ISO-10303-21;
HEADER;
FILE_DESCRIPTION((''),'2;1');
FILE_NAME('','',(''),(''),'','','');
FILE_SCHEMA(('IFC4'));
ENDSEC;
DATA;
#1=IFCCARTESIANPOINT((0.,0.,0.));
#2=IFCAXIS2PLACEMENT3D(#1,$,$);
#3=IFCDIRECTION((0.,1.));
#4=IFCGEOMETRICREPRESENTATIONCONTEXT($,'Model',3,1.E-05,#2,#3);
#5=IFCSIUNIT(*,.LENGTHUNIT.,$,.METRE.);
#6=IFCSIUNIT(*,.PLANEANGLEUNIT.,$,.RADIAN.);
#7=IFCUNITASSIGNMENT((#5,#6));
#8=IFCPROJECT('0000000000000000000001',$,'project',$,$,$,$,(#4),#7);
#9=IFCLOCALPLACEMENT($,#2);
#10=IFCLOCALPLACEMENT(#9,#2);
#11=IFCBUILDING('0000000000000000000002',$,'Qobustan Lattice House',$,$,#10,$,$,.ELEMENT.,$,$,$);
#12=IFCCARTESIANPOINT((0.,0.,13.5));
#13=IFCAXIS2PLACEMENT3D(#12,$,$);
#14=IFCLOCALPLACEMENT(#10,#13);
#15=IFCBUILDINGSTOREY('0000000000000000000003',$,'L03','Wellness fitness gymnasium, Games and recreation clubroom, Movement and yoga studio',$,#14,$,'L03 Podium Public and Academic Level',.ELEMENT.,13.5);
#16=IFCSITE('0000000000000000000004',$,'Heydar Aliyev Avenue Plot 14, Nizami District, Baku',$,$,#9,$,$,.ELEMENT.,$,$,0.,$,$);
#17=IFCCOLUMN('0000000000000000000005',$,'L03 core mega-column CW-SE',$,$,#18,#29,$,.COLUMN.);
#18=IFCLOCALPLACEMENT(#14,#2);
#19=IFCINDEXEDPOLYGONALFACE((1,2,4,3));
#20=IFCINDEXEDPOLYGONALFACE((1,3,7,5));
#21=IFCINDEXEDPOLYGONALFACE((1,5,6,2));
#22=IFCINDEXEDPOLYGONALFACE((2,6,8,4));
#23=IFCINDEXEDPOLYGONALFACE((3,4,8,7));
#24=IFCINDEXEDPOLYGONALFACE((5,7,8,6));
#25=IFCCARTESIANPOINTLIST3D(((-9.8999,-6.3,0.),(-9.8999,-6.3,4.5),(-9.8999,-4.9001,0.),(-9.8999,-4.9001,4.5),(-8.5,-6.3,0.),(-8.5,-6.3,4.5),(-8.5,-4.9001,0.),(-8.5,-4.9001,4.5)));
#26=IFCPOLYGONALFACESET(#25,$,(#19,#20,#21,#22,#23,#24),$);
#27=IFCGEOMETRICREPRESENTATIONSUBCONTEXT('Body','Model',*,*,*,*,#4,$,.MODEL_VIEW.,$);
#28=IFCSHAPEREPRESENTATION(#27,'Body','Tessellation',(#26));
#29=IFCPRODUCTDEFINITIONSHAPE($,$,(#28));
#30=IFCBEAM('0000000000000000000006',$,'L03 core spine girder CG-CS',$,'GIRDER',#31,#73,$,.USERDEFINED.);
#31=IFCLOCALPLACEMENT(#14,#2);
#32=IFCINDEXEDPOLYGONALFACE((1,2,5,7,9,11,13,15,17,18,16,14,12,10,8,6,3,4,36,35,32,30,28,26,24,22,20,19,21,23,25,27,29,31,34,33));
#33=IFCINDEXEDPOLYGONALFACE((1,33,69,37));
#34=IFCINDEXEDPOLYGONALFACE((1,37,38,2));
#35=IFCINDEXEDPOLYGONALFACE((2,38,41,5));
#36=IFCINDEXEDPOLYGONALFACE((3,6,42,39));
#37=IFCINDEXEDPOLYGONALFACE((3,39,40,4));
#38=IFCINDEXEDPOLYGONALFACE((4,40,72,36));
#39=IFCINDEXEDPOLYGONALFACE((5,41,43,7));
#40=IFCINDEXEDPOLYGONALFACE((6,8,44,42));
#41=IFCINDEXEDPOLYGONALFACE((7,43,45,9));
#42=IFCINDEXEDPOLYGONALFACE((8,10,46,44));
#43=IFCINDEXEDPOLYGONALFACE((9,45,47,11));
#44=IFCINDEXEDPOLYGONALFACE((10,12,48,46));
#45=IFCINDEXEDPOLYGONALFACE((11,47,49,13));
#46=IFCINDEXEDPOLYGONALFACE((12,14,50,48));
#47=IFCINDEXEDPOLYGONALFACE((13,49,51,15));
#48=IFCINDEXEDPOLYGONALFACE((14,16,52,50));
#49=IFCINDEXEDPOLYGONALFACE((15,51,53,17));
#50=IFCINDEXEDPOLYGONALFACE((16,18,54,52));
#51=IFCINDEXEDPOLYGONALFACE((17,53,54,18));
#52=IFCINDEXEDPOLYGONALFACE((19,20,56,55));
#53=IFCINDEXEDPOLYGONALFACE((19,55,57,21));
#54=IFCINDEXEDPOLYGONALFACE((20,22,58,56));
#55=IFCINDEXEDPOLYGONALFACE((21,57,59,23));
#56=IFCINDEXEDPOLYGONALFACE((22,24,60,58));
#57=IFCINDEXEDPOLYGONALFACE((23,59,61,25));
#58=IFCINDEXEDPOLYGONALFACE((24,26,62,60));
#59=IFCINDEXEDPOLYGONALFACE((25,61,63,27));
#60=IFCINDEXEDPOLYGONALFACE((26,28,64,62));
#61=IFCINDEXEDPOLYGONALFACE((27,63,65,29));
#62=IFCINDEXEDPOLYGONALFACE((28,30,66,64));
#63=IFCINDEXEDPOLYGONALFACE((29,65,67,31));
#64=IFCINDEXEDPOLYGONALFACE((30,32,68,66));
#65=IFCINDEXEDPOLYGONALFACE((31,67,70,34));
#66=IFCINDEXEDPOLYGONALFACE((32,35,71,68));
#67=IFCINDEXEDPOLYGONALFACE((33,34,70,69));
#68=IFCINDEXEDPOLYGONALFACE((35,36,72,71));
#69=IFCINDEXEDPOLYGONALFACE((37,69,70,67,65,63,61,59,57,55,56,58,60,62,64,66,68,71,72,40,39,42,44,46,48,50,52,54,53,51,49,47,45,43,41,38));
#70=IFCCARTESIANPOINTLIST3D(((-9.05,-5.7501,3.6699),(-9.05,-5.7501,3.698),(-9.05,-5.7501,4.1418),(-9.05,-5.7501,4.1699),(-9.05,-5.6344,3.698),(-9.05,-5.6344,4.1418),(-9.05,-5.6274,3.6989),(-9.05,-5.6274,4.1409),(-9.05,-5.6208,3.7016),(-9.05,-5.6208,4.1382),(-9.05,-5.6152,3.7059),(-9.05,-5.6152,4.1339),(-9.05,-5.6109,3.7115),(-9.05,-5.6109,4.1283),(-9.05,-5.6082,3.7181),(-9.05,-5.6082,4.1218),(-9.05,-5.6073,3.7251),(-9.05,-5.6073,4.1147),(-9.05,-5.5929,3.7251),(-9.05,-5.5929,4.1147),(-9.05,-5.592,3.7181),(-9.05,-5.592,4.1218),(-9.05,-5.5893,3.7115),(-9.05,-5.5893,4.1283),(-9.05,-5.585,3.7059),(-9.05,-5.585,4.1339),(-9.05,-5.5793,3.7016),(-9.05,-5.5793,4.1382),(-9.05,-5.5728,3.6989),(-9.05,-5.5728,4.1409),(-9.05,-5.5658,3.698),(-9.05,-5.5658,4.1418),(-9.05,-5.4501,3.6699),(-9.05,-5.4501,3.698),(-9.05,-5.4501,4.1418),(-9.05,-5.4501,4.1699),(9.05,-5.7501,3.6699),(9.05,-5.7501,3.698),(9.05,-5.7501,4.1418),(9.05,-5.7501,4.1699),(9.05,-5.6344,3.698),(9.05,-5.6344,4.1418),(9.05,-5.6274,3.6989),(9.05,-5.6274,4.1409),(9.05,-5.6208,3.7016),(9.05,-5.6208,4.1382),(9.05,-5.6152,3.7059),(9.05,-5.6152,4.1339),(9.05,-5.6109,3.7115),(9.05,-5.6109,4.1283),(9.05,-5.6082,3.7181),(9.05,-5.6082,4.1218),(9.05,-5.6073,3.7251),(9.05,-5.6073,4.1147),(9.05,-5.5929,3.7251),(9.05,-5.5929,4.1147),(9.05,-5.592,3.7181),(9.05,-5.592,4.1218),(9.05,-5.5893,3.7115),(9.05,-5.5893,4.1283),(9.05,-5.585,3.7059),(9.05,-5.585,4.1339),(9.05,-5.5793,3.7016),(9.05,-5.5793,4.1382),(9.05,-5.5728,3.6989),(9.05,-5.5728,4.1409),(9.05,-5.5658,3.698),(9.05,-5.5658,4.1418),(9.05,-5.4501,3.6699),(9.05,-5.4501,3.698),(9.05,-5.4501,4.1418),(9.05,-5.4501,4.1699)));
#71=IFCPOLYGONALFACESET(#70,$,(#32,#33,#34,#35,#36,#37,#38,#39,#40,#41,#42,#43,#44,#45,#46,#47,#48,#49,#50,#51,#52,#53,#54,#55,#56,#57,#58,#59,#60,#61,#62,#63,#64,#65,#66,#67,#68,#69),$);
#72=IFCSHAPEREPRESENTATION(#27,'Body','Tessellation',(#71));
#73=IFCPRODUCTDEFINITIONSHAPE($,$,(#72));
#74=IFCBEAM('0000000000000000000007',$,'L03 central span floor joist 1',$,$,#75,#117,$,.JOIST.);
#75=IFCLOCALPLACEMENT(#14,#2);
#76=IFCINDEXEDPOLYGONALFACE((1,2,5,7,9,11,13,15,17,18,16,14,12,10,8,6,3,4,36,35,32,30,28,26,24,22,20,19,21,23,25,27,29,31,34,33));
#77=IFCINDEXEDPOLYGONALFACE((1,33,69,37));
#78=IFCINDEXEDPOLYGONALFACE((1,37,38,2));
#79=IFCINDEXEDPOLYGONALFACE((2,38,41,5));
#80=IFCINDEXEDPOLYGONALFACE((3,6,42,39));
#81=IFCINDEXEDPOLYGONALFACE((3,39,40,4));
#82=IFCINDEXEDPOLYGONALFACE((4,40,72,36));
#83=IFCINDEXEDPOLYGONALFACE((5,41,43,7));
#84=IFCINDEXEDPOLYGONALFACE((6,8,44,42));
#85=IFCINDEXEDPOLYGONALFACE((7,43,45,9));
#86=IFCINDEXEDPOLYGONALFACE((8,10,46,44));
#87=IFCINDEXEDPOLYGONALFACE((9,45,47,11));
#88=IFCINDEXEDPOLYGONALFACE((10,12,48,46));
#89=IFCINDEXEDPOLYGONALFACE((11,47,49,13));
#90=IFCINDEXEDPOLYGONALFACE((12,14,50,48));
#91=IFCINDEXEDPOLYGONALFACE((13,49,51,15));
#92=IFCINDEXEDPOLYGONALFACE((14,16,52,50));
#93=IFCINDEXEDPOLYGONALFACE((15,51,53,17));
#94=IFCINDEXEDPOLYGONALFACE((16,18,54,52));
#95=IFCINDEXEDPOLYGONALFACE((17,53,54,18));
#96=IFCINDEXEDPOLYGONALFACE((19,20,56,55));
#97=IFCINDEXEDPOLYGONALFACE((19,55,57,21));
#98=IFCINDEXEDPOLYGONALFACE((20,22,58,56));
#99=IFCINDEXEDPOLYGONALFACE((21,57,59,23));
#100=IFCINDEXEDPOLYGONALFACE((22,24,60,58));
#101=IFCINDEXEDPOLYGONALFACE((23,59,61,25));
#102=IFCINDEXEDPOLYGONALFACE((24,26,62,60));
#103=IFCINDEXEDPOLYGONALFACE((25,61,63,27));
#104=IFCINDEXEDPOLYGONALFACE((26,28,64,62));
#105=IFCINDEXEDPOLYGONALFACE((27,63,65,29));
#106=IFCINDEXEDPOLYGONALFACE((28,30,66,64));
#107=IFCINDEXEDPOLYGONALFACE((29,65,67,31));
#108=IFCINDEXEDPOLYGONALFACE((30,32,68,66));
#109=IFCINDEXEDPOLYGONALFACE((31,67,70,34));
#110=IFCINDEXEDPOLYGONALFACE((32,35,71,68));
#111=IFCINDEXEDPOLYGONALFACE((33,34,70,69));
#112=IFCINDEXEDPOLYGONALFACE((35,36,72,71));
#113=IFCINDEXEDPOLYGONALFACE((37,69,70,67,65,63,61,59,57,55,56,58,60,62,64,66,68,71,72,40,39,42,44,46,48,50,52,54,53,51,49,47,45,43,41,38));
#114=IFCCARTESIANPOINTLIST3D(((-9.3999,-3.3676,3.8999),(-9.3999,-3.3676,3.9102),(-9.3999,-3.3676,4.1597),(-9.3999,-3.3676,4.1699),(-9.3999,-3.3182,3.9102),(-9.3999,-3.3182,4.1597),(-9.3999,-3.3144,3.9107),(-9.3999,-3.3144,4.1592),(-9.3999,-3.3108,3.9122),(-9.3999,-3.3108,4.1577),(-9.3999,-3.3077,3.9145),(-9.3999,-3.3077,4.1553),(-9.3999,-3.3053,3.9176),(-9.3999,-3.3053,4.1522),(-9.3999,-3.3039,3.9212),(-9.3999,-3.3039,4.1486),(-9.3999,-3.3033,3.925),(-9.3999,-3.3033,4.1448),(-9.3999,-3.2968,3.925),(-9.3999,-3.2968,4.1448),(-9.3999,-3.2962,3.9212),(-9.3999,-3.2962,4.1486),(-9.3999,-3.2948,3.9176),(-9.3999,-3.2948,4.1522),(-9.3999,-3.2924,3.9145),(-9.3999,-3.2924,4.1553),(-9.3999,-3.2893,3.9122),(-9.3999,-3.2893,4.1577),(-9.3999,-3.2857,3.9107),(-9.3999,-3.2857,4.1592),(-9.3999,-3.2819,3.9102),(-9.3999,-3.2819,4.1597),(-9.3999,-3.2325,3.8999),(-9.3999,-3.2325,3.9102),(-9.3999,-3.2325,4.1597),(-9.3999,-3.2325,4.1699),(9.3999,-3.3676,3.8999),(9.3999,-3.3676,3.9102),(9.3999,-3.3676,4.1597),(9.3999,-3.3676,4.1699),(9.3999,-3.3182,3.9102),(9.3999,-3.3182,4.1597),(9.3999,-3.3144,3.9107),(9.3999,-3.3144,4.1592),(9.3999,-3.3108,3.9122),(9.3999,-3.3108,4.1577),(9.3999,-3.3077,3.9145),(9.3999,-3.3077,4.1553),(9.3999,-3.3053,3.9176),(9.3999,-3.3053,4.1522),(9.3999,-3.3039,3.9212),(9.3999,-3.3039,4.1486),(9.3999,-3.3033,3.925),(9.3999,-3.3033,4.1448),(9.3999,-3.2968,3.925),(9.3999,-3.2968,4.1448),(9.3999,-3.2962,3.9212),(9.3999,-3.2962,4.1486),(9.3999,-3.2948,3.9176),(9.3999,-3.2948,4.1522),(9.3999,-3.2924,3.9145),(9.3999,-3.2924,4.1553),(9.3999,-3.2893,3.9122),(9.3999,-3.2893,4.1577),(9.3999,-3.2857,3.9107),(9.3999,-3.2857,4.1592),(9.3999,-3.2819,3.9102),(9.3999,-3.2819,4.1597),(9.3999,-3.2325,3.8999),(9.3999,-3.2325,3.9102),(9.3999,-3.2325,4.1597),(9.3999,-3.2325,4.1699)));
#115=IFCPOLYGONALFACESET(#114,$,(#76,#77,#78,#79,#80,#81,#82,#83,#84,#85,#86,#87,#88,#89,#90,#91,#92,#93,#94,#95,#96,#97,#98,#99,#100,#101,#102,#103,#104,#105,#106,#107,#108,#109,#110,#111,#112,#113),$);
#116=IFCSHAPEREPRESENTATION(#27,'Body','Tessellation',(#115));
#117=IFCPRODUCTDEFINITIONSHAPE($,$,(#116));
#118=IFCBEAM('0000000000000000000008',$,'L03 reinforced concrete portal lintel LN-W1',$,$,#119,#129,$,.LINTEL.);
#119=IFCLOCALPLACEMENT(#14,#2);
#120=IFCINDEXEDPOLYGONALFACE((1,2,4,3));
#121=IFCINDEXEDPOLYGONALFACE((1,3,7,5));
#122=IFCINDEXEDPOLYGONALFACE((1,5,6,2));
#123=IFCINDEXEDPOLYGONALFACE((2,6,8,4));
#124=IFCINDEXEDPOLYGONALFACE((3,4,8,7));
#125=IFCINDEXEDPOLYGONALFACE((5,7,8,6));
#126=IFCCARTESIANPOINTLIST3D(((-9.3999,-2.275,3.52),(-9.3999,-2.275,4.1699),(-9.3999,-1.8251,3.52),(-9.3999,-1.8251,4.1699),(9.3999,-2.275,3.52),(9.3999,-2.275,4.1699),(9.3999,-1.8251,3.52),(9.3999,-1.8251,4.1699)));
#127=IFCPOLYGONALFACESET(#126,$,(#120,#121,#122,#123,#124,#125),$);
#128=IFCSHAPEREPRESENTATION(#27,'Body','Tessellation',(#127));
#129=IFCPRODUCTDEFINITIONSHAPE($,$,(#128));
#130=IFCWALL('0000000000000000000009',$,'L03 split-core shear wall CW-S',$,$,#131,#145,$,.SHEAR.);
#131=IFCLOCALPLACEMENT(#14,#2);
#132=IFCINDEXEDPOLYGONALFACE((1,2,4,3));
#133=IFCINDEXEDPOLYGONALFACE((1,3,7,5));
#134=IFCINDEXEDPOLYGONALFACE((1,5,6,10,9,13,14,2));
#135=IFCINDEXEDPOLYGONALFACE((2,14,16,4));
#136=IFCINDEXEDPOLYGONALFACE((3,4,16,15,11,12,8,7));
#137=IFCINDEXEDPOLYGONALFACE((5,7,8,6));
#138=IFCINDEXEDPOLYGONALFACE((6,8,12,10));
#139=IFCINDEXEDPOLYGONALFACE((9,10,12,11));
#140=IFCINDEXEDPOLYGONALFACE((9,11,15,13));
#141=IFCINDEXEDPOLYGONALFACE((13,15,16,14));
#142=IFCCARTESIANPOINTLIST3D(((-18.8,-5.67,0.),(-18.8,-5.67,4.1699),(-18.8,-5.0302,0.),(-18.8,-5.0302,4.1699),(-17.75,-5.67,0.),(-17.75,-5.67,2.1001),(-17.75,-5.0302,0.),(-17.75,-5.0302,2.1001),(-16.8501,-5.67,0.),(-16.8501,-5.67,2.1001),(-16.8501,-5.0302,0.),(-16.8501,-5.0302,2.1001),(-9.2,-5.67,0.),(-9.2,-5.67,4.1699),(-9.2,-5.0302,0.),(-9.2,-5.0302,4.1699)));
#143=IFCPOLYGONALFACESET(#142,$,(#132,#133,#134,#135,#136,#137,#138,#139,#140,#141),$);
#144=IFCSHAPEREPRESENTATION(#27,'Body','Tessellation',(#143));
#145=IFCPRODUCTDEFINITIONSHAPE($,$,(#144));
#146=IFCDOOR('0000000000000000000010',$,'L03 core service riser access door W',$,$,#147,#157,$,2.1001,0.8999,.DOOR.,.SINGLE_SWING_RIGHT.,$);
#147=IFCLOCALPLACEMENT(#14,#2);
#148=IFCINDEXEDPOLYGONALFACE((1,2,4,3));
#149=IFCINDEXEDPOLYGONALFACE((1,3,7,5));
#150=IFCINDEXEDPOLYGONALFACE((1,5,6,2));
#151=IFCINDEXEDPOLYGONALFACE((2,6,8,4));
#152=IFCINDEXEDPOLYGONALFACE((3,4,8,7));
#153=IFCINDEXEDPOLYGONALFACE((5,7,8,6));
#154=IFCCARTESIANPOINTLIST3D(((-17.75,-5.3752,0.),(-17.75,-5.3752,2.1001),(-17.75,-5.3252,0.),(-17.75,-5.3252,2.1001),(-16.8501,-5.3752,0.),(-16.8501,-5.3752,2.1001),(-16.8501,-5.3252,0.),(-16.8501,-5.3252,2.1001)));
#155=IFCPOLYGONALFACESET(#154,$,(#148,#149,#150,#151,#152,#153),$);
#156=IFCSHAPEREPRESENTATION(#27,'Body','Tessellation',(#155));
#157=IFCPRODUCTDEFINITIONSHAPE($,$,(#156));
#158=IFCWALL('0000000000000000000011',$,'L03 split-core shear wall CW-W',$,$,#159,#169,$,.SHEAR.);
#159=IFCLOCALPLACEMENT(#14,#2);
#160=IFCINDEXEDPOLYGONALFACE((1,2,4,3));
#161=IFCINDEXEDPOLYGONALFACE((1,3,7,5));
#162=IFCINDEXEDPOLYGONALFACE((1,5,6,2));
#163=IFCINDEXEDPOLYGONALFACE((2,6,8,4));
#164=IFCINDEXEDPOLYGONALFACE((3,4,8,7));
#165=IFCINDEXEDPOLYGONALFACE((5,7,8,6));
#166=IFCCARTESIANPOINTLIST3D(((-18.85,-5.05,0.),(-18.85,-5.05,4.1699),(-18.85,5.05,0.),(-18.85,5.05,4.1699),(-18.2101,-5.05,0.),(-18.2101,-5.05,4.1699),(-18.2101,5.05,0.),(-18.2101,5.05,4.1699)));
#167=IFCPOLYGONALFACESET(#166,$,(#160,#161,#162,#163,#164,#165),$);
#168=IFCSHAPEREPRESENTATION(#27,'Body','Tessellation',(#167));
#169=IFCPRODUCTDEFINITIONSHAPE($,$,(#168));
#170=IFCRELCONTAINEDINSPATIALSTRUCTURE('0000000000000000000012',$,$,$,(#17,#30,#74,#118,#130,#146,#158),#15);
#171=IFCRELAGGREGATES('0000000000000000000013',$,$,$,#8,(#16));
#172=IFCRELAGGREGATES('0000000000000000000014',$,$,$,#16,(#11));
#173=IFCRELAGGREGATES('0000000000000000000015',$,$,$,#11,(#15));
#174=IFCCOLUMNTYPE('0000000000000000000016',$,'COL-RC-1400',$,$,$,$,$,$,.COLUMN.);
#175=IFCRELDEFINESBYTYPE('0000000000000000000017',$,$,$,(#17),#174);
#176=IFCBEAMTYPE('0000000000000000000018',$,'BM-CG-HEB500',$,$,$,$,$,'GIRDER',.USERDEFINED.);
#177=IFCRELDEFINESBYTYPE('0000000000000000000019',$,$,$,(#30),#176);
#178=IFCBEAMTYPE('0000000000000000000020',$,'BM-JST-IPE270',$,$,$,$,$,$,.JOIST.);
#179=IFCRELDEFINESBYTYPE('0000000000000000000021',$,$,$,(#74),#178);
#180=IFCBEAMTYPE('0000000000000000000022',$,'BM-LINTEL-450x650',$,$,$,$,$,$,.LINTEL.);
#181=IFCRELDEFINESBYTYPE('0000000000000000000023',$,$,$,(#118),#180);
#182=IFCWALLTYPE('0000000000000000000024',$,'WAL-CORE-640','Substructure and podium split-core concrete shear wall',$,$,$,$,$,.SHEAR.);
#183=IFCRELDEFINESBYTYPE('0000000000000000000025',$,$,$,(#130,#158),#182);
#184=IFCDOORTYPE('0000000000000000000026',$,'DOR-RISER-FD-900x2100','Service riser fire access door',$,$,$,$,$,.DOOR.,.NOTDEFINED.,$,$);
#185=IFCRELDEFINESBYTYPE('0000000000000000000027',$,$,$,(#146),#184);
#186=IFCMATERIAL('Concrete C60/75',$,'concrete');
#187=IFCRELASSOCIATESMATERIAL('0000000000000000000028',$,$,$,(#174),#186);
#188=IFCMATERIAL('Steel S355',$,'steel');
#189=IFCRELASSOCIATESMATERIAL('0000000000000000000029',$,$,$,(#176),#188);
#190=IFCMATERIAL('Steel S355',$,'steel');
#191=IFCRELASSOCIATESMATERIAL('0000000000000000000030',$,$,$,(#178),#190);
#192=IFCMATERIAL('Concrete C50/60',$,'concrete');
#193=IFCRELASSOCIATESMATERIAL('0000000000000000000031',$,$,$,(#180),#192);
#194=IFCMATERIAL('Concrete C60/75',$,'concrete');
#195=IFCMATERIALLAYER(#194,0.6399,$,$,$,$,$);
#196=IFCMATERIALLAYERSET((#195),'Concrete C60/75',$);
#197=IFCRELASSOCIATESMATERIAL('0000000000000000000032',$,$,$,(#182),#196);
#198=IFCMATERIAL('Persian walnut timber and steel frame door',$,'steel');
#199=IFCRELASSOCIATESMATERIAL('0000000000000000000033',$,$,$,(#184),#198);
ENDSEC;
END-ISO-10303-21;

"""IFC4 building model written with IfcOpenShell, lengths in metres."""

from ifc_helpers import new_model, si_unit, direction, frame, frame_2d, origin, origin_2d, place, context, subcontext, project, spatial, rectangle, i_section, extrude, material, layer, layer_set, material_profile, profile_set, type_object, element, fill, save


model = new_model("IFC4")

# Units and contexts
model_context = context("Model", 3, precision=1e-05, world=origin(), true_north=direction((0.0, 1.0)))
body_context = subcontext(model_context, "Body", "Model", "MODEL_VIEW")
ifc_project = project(units=[si_unit("LENGTHUNIT", "METRE"), si_unit("PLANEANGLEUNIT", "RADIAN")], contexts=[model_context])

# Site, building, storey
site_placement = place(None, origin())
site = spatial("IfcSite", under=ifc_project, at=site_placement, Name="Heydar Aliyev Avenue Plot 14, Nizami District, Baku", CompositionType="ELEMENT", RefElevation=0.0)
building_placement = place(site_placement, origin())
building = spatial("IfcBuilding", under=site, at=building_placement, Name="Qobustan Lattice House", CompositionType="ELEMENT")
storey_placement = place(building_placement, frame((0.0, 0.0, 13.5)))
storey = spatial("IfcBuildingStorey", under=building, at=storey_placement, Name="L03", Description="Wellness fitness gymnasium, Games and recreation clubroom, Movement and yoga studio", LongName="L03 Podium Public and Academic Level", CompositionType="ELEMENT", Elevation=13.5)

# Column
ifc_material_1 = material(Name="Concrete C60/75", Category="concrete")
ifc_material_profile_1 = material_profile(ifc_material_1, rectangle(XDim=1.3999, YDim=1.3999, at=origin_2d()), Name="RC1400x1400")
ifc_profile_set_1 = profile_set([ifc_material_profile_1], Name="Concrete C60/75")
column_type = type_object("IfcColumnType", Name="COL-RC-1400", PredefinedType="COLUMN", material=ifc_profile_set_1)
column_placement = place(storey_placement, frame((-9.2, -5.6001, 0.0), z_axis=(0.0, 0.0, 1.0), x_axis=(1.0, 0.0, 0.0)))
element("IfcColumn", 1, at=column_placement, inside=storey, type_object=column_type, Name="L03 core mega-column CW-SE", PredefinedType="COLUMN", context=body_context, shape_type="SweptSolid", body=[
    extrude(rectangle(XDim=1.3999, YDim=1.3999, at=origin_2d()), origin(), (0.0, 0.0, 1.0), 4.5),
])

# Beams
ifc_material_2 = material(Name="Steel S355", Category="steel")
ifc_material_profile_2 = material_profile(ifc_material_2, i_section(OverallWidth=0.3, OverallDepth=0.5, WebThickness=0.0144, FlangeThickness=0.0281, FilletRadius=0.0271, at=origin_2d()), Name="HEB500")
ifc_profile_set_2 = profile_set([ifc_material_profile_2], Name="Steel S355")
beam_type_1 = type_object("IfcBeamType", Name="BM-CG-HEB500", ElementType="GIRDER", PredefinedType="USERDEFINED", material=ifc_profile_set_2)
beam_1_placement = place(storey_placement, frame((-9.05, -5.6001, 3.9199), z_axis=(1.0, 0.0, 0.0), x_axis=(0.0, 1.0, 0.0)))
element("IfcBeam", 2, at=beam_1_placement, inside=storey, type_object=beam_type_1, Name="L03 core spine girder CG-CS", ObjectType="GIRDER", PredefinedType="USERDEFINED", context=body_context, shape_type="SweptSolid", body=[
    extrude(i_section(OverallWidth=0.3, OverallDepth=0.5, WebThickness=0.0144, FlangeThickness=0.0281, FilletRadius=0.0271, at=origin_2d()), origin(), (0.0, 0.0, 1.0), 18.1001),
])
ifc_material_3 = material(Name="Steel S355", Category="steel")
ifc_material_profile_3 = material_profile(ifc_material_3, i_section(OverallWidth=0.135, OverallDepth=0.27, WebThickness=0.0066, FlangeThickness=0.0103, FilletRadius=0.0149, at=origin_2d()), Name="IPE270")
ifc_profile_set_3 = profile_set([ifc_material_profile_3], Name="Steel S355")
beam_type_2 = type_object("IfcBeamType", Name="BM-JST-IPE270", PredefinedType="JOIST", material=ifc_profile_set_3)
beam_2_placement = place(storey_placement, frame((-9.3999, -3.3, 4.0349), z_axis=(1.0, 0.0, 0.0), x_axis=(0.0, 1.0, 0.0)))
element("IfcBeam", 3, at=beam_2_placement, inside=storey, type_object=beam_type_2, Name="L03 central span floor joist 1", PredefinedType="JOIST", context=body_context, shape_type="SweptSolid", body=[
    extrude(i_section(OverallWidth=0.135, OverallDepth=0.27, WebThickness=0.0066, FlangeThickness=0.0103, FilletRadius=0.0149, at=origin_2d()), origin(), (0.0, 0.0, 1.0), 18.7998),
])
ifc_material_4 = material(Name="Concrete C50/60", Category="concrete")
ifc_material_profile_4 = material_profile(ifc_material_4, rectangle(XDim=0.45, YDim=0.6499, at=origin_2d()), Name="RC450x650")
ifc_profile_set_4 = profile_set([ifc_material_profile_4], Name="Concrete C50/60")
beam_type_3 = type_object("IfcBeamType", Name="BM-LINTEL-450x650", PredefinedType="LINTEL", material=ifc_profile_set_4)
beam_3_placement = place(storey_placement, frame((-9.3999, -2.05, 3.845), z_axis=(1.0, 0.0, 0.0), x_axis=(0.0, 1.0, 0.0)))
element("IfcBeam", 4, at=beam_3_placement, inside=storey, type_object=beam_type_3, Name="L03 reinforced concrete portal lintel LN-W1", PredefinedType="LINTEL", context=body_context, shape_type="SweptSolid", body=[
    extrude(rectangle(XDim=0.45, YDim=0.6499, at=origin_2d()), origin(), (0.0, 0.0, 1.0), 18.7998),
])

# Wall, opening, door
ifc_material_5 = material(Name="Concrete C60/75", Category="concrete")
ifc_layer_1 = layer(ifc_material_5, 0.6399)
ifc_layer_set_1 = layer_set([ifc_layer_1], Name="Concrete C60/75")
wall_type_1 = type_object("IfcWallType", Name="WAL-CORE-640", Description="Substructure and podium split-core concrete shear wall", PredefinedType="SHEAR", material=ifc_layer_set_1)
wall_1_placement = place(storey_placement, frame((-18.8, -5.3501, 0.0), z_axis=(0.0, 0.0, 1.0), x_axis=(1.0, 0.0, 0.0)))
wall_1 = element("IfcWall", 5, at=wall_1_placement, inside=storey, type_object=wall_type_1, Name="L03 split-core shear wall CW-S", PredefinedType="SHEAR", context=body_context, shape_type="SweptSolid", body=[
    extrude(rectangle(XDim=9.6001, YDim=0.6399, at=frame_2d((4.8, 0.0))), origin(), (0.0, 0.0, 1.0), 4.1699),
])
opening_1_placement = place(wall_1_placement, frame((1.05, 0.0, 0.0)))
opening_1 = element("IfcOpeningElement", 6, at=opening_1_placement, cuts=wall_1, PredefinedType="OPENING", context=body_context, shape_type="SweptSolid", body=[
    extrude(rectangle(XDim=0.8999, YDim=2.1001, at=frame_2d((0.45, 1.05))), frame((0.0, 0.3298, 0.0), z_axis=(0.0, -1.0, 0.0), x_axis=(1.0, 0.0, 0.0)), (0.0, 0.0, 1.0), 0.6599),
])
ifc_material_6 = material(Name="Persian walnut timber and steel frame door", Category="steel")
door_type_1 = type_object("IfcDoorType", Name="DOR-RISER-FD-900x2100", Description="Service riser fire access door", OperationType="NOTDEFINED", PredefinedType="DOOR", material=ifc_material_6)
door_1_placement = place(opening_1_placement, origin())
door_1 = element("IfcDoor", 7, at=door_1_placement, inside=storey, type_object=door_type_1, Name="L03 core service riser access door W", OperationType="SINGLE_SWING_RIGHT", OverallHeight=2.1001, OverallWidth=0.8999, PredefinedType="DOOR", context=body_context, shape_type="SweptSolid", body=[
    extrude(rectangle(XDim=0.8999, YDim=2.1001, at=frame_2d((0.45, 1.05))), frame((0.0, 0.0249, 0.0), z_axis=(0.0, -1.0, 0.0), x_axis=(1.0, 0.0, 0.0)), (0.0, 0.0, 1.0), 0.05),
])
fill(opening_1, door_1)

# Wall
wall_2_placement = place(storey_placement, frame((-18.53, -5.05, 0.0), z_axis=(0.0, 0.0, 1.0), x_axis=(0.0, 1.0, 0.0)))
element("IfcWall", 8, at=wall_2_placement, inside=storey, type_object=wall_type_1, Name="L03 split-core shear wall CW-W", PredefinedType="SHEAR", context=body_context, shape_type="SweptSolid", body=[
    extrude(rectangle(XDim=10.1001, YDim=0.6399, at=frame_2d((5.05, 0.0))), origin(), (0.0, 0.0, 1.0), 4.1699),
])

save(model, "model.ifc")
